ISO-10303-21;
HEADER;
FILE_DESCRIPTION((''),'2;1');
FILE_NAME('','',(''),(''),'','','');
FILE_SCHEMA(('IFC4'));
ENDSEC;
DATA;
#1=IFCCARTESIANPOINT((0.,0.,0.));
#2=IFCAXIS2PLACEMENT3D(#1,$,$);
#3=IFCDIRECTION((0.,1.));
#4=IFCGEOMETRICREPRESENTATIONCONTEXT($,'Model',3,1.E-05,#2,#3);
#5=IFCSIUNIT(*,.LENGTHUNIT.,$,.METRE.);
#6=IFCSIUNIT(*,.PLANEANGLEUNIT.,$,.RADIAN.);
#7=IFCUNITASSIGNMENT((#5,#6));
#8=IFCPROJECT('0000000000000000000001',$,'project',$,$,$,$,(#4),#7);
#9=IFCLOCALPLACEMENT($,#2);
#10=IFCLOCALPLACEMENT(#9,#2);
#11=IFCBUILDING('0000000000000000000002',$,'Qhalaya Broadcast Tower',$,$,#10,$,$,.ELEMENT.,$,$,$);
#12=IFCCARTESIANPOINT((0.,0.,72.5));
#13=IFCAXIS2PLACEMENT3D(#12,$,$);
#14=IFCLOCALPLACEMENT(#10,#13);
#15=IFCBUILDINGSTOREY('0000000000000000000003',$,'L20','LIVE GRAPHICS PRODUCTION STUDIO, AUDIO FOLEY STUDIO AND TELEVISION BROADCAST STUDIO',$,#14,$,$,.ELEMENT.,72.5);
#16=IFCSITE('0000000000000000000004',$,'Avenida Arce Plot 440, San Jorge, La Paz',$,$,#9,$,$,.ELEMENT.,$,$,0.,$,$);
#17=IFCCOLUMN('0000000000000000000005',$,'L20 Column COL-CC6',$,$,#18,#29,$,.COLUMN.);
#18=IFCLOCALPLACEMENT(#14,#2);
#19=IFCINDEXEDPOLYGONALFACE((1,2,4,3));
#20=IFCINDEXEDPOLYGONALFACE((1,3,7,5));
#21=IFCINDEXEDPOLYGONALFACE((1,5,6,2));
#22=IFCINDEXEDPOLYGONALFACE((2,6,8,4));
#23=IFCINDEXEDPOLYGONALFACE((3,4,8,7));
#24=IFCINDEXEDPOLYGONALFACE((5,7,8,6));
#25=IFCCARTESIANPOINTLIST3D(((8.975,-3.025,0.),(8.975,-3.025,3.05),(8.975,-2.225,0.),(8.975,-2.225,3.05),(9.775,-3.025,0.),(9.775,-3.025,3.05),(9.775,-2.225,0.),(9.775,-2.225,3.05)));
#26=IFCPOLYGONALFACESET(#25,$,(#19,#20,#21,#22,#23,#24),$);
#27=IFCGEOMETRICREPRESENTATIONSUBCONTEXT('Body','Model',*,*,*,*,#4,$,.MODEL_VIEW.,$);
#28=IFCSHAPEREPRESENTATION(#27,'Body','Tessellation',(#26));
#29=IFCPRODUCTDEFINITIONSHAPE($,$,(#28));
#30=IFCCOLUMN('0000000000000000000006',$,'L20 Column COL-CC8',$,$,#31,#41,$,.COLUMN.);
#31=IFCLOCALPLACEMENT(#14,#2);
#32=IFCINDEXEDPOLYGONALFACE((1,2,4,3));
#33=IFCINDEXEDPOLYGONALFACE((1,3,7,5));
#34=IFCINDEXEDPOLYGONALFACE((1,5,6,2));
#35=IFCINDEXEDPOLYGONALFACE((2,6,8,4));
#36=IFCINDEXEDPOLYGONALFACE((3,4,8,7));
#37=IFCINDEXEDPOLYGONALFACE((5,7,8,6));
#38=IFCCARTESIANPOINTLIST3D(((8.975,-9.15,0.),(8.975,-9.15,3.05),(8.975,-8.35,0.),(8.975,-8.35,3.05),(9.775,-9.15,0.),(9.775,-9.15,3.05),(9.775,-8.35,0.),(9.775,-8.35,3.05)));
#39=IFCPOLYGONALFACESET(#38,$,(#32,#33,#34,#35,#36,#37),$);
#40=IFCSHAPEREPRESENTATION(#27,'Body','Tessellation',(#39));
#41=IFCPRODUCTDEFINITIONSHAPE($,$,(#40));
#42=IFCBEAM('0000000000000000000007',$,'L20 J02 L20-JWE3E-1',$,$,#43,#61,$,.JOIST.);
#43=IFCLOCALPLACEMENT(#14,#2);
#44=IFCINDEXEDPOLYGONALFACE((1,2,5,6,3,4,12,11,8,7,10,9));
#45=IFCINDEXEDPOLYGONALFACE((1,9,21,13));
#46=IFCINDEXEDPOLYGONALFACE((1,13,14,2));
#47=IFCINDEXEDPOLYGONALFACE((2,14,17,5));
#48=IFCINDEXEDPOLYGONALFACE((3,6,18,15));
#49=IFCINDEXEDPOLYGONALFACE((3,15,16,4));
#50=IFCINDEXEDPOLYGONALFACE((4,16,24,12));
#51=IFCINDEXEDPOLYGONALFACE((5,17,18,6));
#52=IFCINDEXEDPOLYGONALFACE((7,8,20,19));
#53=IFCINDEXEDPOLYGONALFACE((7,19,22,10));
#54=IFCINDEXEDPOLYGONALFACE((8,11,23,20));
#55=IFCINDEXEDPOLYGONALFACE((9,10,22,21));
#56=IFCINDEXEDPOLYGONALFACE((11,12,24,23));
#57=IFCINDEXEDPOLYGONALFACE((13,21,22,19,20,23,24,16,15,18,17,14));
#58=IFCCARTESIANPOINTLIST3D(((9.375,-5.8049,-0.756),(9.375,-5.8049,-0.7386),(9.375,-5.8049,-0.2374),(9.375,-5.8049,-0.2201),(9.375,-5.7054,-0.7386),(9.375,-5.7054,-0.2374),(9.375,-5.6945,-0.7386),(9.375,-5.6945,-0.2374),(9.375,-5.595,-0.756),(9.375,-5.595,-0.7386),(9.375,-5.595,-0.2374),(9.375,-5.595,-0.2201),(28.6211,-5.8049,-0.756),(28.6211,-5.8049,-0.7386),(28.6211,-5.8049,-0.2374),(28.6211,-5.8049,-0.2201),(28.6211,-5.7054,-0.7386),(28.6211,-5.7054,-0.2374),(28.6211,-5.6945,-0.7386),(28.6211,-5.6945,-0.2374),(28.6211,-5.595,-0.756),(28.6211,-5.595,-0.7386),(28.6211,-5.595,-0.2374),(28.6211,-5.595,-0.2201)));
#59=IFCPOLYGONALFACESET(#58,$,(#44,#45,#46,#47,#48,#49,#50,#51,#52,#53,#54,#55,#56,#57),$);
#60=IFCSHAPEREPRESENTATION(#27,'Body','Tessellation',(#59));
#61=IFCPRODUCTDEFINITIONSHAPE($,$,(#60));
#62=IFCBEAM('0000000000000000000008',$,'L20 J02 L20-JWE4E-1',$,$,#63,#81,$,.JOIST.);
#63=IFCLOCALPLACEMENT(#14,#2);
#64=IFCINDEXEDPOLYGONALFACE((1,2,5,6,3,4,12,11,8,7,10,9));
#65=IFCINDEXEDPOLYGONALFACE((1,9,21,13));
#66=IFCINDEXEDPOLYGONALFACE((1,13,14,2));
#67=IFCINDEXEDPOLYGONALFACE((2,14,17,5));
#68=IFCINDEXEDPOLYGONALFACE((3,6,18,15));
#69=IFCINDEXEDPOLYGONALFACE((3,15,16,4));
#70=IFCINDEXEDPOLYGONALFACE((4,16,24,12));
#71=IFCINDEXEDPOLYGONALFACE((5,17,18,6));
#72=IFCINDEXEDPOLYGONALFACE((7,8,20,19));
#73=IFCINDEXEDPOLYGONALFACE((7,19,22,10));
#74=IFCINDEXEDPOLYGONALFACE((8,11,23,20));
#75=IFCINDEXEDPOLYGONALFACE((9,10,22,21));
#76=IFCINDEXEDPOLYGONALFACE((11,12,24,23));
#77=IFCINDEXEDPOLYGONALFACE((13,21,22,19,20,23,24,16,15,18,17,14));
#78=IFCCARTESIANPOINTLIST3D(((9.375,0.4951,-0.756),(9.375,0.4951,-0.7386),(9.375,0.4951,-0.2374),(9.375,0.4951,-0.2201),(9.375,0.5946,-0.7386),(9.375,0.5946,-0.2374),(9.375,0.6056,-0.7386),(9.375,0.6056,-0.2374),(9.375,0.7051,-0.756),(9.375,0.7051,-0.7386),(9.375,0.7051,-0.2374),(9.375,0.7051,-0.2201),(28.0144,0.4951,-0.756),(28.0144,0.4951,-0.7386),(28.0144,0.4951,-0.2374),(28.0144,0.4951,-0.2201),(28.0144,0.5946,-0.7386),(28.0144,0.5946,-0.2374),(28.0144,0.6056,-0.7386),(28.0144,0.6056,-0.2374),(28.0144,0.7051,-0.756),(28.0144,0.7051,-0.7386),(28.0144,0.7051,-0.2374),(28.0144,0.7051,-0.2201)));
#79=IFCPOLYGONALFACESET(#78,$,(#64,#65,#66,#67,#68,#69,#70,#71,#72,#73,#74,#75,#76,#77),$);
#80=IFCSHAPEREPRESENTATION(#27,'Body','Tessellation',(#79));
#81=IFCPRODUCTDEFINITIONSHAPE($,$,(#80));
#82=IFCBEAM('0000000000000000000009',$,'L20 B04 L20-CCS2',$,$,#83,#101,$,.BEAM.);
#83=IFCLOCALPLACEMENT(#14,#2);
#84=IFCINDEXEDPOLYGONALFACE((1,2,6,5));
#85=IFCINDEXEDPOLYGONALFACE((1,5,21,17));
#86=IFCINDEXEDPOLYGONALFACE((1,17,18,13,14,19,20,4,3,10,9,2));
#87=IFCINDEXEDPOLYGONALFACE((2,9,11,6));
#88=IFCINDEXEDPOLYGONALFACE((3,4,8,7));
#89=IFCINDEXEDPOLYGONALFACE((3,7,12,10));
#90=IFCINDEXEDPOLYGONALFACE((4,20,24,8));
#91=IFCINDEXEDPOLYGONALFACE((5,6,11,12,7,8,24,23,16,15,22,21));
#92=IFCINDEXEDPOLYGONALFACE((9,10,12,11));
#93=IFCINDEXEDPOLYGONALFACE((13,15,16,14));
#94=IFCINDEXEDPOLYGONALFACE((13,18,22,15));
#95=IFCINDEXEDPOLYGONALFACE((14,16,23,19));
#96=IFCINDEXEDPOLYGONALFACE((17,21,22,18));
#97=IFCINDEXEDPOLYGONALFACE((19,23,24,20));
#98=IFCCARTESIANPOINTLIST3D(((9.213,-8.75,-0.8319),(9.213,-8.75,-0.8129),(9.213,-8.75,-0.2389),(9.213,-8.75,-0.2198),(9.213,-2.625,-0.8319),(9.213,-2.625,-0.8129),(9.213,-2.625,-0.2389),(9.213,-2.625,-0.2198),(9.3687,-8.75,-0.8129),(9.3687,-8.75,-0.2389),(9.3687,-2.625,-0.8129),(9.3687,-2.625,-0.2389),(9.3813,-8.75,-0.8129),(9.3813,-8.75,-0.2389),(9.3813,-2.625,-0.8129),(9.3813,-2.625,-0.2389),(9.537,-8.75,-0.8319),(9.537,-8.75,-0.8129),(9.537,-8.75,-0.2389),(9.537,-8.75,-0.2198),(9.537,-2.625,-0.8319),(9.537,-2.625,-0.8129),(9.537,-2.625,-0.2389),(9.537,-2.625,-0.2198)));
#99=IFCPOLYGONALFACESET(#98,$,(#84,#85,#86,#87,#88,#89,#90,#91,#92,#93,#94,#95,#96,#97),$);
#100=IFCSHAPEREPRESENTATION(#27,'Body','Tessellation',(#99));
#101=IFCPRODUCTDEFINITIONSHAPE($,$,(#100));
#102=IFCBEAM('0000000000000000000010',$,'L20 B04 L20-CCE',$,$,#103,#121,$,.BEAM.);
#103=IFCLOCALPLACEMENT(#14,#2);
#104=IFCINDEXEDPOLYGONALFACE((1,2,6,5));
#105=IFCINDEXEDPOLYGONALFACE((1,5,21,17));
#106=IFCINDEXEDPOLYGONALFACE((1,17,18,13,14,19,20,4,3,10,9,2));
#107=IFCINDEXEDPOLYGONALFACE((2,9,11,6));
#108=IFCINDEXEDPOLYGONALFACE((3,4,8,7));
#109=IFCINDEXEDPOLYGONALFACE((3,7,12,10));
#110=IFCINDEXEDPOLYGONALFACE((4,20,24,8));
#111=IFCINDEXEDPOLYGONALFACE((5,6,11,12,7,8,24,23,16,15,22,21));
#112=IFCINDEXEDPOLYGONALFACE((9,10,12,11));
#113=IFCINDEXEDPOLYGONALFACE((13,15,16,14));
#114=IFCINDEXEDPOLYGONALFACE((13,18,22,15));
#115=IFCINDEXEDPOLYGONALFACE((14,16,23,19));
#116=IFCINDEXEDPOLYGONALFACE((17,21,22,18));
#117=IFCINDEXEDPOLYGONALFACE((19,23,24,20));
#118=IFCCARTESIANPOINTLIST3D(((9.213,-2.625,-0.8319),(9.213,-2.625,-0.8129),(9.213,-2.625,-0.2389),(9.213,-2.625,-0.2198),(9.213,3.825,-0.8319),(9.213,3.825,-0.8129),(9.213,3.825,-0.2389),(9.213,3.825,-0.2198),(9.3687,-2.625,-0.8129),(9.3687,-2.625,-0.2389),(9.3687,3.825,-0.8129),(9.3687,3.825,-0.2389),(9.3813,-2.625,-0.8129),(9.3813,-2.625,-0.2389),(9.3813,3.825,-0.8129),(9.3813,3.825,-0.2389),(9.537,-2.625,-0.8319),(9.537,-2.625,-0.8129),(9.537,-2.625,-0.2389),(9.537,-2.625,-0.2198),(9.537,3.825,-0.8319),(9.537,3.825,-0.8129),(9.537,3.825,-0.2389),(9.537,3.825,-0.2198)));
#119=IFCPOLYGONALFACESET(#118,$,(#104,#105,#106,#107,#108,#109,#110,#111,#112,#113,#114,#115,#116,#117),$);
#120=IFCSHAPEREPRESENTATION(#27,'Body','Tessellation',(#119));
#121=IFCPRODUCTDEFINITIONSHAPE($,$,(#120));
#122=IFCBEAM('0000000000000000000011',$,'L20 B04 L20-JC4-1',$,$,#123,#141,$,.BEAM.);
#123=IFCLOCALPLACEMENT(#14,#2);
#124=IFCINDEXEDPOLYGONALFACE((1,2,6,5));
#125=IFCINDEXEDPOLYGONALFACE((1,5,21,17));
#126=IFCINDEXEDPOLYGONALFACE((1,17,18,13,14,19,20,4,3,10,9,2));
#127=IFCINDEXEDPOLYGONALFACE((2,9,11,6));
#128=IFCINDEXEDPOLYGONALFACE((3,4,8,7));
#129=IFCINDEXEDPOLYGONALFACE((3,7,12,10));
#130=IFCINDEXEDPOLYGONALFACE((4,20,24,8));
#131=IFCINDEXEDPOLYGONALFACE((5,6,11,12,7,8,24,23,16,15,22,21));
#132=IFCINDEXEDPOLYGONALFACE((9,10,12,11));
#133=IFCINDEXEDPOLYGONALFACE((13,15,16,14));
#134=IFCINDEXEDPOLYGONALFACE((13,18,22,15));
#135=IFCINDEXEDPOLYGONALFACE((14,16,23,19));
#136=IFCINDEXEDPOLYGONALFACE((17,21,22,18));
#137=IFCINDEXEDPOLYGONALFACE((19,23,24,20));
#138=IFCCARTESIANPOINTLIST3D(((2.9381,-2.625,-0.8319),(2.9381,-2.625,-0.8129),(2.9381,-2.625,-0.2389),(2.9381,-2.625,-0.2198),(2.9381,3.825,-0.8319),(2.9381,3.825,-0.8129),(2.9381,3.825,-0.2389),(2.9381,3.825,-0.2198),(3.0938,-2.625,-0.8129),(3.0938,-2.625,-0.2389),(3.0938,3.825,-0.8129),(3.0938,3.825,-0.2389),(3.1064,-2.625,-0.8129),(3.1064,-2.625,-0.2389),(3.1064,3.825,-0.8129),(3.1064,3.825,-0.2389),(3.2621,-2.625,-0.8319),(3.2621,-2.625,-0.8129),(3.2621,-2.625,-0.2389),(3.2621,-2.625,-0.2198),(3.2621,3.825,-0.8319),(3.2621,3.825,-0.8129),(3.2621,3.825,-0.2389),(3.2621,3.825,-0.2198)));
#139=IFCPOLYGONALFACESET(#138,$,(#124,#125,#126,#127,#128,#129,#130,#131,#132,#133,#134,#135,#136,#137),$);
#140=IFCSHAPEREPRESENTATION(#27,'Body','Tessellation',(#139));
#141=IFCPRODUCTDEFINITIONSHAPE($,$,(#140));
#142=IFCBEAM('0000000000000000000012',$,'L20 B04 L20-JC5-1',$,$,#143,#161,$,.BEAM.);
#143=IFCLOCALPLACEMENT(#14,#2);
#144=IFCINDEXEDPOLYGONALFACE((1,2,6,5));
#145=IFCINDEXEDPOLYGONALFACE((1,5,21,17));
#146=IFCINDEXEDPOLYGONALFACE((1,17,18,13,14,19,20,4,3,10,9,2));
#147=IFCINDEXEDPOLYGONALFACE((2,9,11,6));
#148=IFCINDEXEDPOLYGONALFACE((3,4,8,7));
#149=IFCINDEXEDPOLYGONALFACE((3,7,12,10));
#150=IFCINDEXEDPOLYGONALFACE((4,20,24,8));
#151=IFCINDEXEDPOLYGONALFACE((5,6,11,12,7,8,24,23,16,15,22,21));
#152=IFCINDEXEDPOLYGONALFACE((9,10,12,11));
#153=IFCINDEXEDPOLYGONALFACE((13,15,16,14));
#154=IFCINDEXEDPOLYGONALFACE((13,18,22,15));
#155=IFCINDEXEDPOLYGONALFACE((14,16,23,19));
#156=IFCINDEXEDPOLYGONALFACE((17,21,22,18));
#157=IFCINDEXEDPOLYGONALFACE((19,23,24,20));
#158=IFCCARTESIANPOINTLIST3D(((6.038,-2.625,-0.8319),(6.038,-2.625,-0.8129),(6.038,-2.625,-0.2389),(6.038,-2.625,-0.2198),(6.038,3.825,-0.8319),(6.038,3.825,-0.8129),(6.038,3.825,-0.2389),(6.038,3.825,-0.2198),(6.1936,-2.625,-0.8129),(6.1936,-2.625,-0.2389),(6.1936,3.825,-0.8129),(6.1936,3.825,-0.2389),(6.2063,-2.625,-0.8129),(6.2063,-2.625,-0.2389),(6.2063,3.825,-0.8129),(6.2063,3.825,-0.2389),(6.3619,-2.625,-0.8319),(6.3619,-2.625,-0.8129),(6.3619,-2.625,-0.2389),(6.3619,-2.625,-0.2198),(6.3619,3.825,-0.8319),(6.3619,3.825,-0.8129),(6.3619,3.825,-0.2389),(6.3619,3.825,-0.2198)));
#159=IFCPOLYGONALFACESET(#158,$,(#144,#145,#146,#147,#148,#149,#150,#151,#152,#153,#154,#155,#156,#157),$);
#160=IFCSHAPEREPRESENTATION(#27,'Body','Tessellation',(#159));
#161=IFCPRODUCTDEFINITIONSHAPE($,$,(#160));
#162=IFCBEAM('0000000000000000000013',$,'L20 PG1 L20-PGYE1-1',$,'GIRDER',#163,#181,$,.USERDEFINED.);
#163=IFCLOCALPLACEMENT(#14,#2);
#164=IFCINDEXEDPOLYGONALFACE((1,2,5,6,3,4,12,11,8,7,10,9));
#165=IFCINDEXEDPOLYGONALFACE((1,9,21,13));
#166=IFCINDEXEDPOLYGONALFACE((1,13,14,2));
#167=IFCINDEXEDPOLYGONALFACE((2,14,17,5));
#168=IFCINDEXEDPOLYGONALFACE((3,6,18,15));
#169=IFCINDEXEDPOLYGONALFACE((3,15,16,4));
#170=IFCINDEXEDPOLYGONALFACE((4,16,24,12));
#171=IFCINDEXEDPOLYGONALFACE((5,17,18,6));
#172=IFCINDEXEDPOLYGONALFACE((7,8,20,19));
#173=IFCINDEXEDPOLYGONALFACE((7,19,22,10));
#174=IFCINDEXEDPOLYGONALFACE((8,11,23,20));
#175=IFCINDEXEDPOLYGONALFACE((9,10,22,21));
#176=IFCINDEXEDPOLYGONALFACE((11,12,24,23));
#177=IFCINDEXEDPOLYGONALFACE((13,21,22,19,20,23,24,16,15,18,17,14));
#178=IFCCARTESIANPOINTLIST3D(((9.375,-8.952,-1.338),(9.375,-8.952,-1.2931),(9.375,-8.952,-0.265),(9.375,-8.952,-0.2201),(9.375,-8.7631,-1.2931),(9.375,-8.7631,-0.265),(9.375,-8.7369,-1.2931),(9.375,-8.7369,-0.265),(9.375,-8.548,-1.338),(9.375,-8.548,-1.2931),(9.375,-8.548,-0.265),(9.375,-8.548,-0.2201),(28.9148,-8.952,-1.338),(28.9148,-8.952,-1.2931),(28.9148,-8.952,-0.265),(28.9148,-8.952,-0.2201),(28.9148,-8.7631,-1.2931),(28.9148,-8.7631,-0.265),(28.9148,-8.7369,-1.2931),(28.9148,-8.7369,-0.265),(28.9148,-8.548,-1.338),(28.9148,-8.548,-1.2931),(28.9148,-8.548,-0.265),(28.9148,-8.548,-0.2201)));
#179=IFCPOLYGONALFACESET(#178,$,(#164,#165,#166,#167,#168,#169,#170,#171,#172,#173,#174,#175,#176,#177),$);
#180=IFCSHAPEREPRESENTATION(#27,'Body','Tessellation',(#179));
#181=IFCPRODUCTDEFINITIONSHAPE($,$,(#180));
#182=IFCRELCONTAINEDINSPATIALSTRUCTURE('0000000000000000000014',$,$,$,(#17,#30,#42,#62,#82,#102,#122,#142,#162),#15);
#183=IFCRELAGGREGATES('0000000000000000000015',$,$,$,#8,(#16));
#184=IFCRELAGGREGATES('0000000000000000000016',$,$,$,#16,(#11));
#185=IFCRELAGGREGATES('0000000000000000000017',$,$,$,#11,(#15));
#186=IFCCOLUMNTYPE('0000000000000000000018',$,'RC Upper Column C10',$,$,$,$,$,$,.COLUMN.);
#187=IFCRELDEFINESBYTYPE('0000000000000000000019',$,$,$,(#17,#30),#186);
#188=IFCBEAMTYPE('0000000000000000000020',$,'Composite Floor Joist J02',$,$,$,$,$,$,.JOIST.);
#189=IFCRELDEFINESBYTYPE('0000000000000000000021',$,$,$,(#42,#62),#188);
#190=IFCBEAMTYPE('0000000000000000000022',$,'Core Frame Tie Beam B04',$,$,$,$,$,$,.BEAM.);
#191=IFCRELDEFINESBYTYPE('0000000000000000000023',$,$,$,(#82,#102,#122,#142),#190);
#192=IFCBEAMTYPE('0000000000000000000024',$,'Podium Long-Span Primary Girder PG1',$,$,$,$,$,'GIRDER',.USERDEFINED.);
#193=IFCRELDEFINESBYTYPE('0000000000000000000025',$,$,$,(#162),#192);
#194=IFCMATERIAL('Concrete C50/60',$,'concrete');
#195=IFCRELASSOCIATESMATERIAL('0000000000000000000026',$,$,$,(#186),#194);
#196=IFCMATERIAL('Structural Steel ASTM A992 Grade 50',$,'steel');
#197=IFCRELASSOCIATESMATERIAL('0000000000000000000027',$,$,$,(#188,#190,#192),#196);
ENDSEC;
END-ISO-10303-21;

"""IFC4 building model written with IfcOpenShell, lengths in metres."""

from ifc_helpers import new_model, si_unit, direction, frame, origin, origin_2d, place, context, subcontext, project, spatial, rectangle, i_section, extrude, material, material_profile, profile_set, type_object, element, save


model = new_model("IFC4")

# Units and contexts
model_context = context("Model", 3, precision=1e-05, world=origin(), true_north=direction((0.0, 1.0)))
body_context = subcontext(model_context, "Body", "Model", "MODEL_VIEW")
ifc_project = project(units=[si_unit("LENGTHUNIT", "METRE"), si_unit("PLANEANGLEUNIT", "RADIAN")], contexts=[model_context])

# Site, building, storey
site_placement = place(None, origin())
site = spatial("IfcSite", under=ifc_project, at=site_placement, Name="Avenida Arce Plot 440, San Jorge, La Paz", CompositionType="ELEMENT", RefElevation=0.0)
building_placement = place(site_placement, origin())
building = spatial("IfcBuilding", under=site, at=building_placement, Name="Qhalaya Broadcast Tower", CompositionType="ELEMENT")
storey_placement = place(building_placement, frame((0.0, 0.0, 72.5)))
storey = spatial("IfcBuildingStorey", under=building, at=storey_placement, Name="L20", Description="LIVE GRAPHICS PRODUCTION STUDIO, AUDIO FOLEY STUDIO AND TELEVISION BROADCAST STUDIO", CompositionType="ELEMENT", Elevation=72.5)

# Columns
ifc_material_1 = material(Name="Concrete C50/60", Category="concrete")
ifc_material_profile_1 = material_profile(ifc_material_1, rectangle(XDim=0.8, YDim=0.8, at=origin_2d()), Name="RC-COL 800x800")
ifc_profile_set_1 = profile_set([ifc_material_profile_1], Name="Concrete C50/60")
column_type = type_object("IfcColumnType", Name="RC Upper Column C10", PredefinedType="COLUMN", material=ifc_profile_set_1)
for number, where, z_axis, x_axis, name in (
    (1, (9.375, -2.625, 0.0), (0.0, 0.0, 1.0), (1.0, 0.0, 0.0), "L20 Column COL-CC6"),
    (2, (9.375, -8.75, 0.0), (0.0, 0.0, 1.0), (1.0, 0.0, 0.0), "L20 Column COL-CC8"),
):
    element("IfcColumn", number, at=place(storey_placement, frame(where, z_axis=z_axis, x_axis=x_axis)), inside=storey, type_object=column_type, Name=name, PredefinedType="COLUMN", context=body_context, shape_type="SweptSolid", body=[
        extrude(rectangle(XDim=0.8, YDim=0.8, at=origin_2d()), origin(), (0.0, 0.0, 1.0), 3.05),
    ])

# Beams
ifc_material_2 = material(Name="Structural Steel ASTM A992 Grade 50", Category="steel")
ifc_material_profile_2 = material_profile(ifc_material_2, i_section(OverallWidth=0.21, OverallDepth=0.5359, WebThickness=0.011, FlangeThickness=0.0173, at=origin_2d()), Name="W21X68")
ifc_profile_set_2 = profile_set([ifc_material_profile_2], Name="Structural Steel ASTM A992 Grade 50")
beam_type_1 = type_object("IfcBeamType", Name="Composite Floor Joist J02", PredefinedType="JOIST", material=ifc_profile_set_2)
beam_1_placement = place(storey_placement, frame((9.375, -5.7, -0.488), z_axis=(1.0, 0.0, 0.0), x_axis=(0.0, 1.0, 0.0)))
element("IfcBeam", 3, at=beam_1_placement, inside=storey, type_object=beam_type_1, Name="L20 J02 L20-JWE3E-1", PredefinedType="JOIST", context=body_context, shape_type="SweptSolid", body=[
    extrude(i_section(OverallWidth=0.21, OverallDepth=0.5359, WebThickness=0.011, FlangeThickness=0.0173, at=origin_2d()), origin(), (0.0, 0.0, 1.0), 19.2461),
])
beam_2_placement = place(storey_placement, frame((9.375, 0.6001, -0.488), z_axis=(1.0, 0.0, 0.0), x_axis=(0.0, 1.0, 0.0)))
element("IfcBeam", 4, at=beam_2_placement, inside=storey, type_object=beam_type_1, Name="L20 J02 L20-JWE4E-1", PredefinedType="JOIST", context=body_context, shape_type="SweptSolid", body=[
    extrude(i_section(OverallWidth=0.21, OverallDepth=0.5359, WebThickness=0.011, FlangeThickness=0.0173, at=origin_2d()), origin(), (0.0, 0.0, 1.0), 18.6394),
])
ifc_material_profile_3 = material_profile(ifc_material_2, i_section(OverallWidth=0.324, OverallDepth=0.6121, WebThickness=0.0127, FlangeThickness=0.019, at=origin_2d()), Name="W24X104")
ifc_profile_set_3 = profile_set([ifc_material_profile_3], Name="Structural Steel ASTM A992 Grade 50")
beam_type_2 = type_object("IfcBeamType", Name="Core Frame Tie Beam B04", PredefinedType="BEAM", material=ifc_profile_set_3)
beam_3_placement = place(storey_placement, frame((9.375, -8.75, -0.5259), z_axis=(0.0, 1.0, 0.0), x_axis=(-1.0, 0.0, 0.0)))
element("IfcBeam", 5, at=beam_3_placement, inside=storey, type_object=beam_type_2, Name="L20 B04 L20-CCS2", PredefinedType="BEAM", context=body_context, shape_type="SweptSolid", body=[
    extrude(i_section(OverallWidth=0.324, OverallDepth=0.6121, WebThickness=0.0127, FlangeThickness=0.019, at=origin_2d()), origin(), (0.0, 0.0, 1.0), 6.125),
])
for number, where, z_axis, x_axis, name in (
    (6, (9.375, -2.625, -0.5259), (0.0, 1.0, 0.0), (-1.0, 0.0, 0.0), "L20 B04 L20-CCE"),
    (7, (3.1001, -2.625, -0.5259), (0.0, 1.0, 0.0), (-1.0, 0.0, 0.0), "L20 B04 L20-JC4-1"),
    (8, (6.2, -2.625, -0.5259), (0.0, 1.0, 0.0), (-1.0, 0.0, 0.0), "L20 B04 L20-JC5-1"),
):
    element("IfcBeam", number, at=place(storey_placement, frame(where, z_axis=z_axis, x_axis=x_axis)), inside=storey, type_object=beam_type_2, Name=name, PredefinedType="BEAM", context=body_context, shape_type="SweptSolid", body=[
        extrude(i_section(OverallWidth=0.324, OverallDepth=0.6121, WebThickness=0.0127, FlangeThickness=0.019, at=origin_2d()), origin(), (0.0, 0.0, 1.0), 6.45),
    ])
ifc_material_profile_4 = material_profile(ifc_material_2, i_section(OverallWidth=0.4041, OverallDepth=1.1179, WebThickness=0.0261, FlangeThickness=0.0449, at=origin_2d()), Name="W44X335")
ifc_profile_set_4 = profile_set([ifc_material_profile_4], Name="Structural Steel ASTM A992 Grade 50")
beam_type_3 = type_object("IfcBeamType", Name="Podium Long-Span Primary Girder PG1", ElementType="GIRDER", PredefinedType="USERDEFINED", material=ifc_profile_set_4)
beam_4_placement = place(storey_placement, frame((9.375, -8.75, -0.7791), z_axis=(1.0, 0.0, 0.0), x_axis=(0.0, 1.0, 0.0)))
element("IfcBeam", 9, at=beam_4_placement, inside=storey, type_object=beam_type_3, Name="L20 PG1 L20-PGYE1-1", ObjectType="GIRDER", PredefinedType="USERDEFINED", context=body_context, shape_type="SweptSolid", body=[
    extrude(i_section(OverallWidth=0.4041, OverallDepth=1.1179, WebThickness=0.0261, FlangeThickness=0.0449, at=origin_2d()), origin(), (0.0, 0.0, 1.0), 19.5398),
])

save(model, "model.ifc")
